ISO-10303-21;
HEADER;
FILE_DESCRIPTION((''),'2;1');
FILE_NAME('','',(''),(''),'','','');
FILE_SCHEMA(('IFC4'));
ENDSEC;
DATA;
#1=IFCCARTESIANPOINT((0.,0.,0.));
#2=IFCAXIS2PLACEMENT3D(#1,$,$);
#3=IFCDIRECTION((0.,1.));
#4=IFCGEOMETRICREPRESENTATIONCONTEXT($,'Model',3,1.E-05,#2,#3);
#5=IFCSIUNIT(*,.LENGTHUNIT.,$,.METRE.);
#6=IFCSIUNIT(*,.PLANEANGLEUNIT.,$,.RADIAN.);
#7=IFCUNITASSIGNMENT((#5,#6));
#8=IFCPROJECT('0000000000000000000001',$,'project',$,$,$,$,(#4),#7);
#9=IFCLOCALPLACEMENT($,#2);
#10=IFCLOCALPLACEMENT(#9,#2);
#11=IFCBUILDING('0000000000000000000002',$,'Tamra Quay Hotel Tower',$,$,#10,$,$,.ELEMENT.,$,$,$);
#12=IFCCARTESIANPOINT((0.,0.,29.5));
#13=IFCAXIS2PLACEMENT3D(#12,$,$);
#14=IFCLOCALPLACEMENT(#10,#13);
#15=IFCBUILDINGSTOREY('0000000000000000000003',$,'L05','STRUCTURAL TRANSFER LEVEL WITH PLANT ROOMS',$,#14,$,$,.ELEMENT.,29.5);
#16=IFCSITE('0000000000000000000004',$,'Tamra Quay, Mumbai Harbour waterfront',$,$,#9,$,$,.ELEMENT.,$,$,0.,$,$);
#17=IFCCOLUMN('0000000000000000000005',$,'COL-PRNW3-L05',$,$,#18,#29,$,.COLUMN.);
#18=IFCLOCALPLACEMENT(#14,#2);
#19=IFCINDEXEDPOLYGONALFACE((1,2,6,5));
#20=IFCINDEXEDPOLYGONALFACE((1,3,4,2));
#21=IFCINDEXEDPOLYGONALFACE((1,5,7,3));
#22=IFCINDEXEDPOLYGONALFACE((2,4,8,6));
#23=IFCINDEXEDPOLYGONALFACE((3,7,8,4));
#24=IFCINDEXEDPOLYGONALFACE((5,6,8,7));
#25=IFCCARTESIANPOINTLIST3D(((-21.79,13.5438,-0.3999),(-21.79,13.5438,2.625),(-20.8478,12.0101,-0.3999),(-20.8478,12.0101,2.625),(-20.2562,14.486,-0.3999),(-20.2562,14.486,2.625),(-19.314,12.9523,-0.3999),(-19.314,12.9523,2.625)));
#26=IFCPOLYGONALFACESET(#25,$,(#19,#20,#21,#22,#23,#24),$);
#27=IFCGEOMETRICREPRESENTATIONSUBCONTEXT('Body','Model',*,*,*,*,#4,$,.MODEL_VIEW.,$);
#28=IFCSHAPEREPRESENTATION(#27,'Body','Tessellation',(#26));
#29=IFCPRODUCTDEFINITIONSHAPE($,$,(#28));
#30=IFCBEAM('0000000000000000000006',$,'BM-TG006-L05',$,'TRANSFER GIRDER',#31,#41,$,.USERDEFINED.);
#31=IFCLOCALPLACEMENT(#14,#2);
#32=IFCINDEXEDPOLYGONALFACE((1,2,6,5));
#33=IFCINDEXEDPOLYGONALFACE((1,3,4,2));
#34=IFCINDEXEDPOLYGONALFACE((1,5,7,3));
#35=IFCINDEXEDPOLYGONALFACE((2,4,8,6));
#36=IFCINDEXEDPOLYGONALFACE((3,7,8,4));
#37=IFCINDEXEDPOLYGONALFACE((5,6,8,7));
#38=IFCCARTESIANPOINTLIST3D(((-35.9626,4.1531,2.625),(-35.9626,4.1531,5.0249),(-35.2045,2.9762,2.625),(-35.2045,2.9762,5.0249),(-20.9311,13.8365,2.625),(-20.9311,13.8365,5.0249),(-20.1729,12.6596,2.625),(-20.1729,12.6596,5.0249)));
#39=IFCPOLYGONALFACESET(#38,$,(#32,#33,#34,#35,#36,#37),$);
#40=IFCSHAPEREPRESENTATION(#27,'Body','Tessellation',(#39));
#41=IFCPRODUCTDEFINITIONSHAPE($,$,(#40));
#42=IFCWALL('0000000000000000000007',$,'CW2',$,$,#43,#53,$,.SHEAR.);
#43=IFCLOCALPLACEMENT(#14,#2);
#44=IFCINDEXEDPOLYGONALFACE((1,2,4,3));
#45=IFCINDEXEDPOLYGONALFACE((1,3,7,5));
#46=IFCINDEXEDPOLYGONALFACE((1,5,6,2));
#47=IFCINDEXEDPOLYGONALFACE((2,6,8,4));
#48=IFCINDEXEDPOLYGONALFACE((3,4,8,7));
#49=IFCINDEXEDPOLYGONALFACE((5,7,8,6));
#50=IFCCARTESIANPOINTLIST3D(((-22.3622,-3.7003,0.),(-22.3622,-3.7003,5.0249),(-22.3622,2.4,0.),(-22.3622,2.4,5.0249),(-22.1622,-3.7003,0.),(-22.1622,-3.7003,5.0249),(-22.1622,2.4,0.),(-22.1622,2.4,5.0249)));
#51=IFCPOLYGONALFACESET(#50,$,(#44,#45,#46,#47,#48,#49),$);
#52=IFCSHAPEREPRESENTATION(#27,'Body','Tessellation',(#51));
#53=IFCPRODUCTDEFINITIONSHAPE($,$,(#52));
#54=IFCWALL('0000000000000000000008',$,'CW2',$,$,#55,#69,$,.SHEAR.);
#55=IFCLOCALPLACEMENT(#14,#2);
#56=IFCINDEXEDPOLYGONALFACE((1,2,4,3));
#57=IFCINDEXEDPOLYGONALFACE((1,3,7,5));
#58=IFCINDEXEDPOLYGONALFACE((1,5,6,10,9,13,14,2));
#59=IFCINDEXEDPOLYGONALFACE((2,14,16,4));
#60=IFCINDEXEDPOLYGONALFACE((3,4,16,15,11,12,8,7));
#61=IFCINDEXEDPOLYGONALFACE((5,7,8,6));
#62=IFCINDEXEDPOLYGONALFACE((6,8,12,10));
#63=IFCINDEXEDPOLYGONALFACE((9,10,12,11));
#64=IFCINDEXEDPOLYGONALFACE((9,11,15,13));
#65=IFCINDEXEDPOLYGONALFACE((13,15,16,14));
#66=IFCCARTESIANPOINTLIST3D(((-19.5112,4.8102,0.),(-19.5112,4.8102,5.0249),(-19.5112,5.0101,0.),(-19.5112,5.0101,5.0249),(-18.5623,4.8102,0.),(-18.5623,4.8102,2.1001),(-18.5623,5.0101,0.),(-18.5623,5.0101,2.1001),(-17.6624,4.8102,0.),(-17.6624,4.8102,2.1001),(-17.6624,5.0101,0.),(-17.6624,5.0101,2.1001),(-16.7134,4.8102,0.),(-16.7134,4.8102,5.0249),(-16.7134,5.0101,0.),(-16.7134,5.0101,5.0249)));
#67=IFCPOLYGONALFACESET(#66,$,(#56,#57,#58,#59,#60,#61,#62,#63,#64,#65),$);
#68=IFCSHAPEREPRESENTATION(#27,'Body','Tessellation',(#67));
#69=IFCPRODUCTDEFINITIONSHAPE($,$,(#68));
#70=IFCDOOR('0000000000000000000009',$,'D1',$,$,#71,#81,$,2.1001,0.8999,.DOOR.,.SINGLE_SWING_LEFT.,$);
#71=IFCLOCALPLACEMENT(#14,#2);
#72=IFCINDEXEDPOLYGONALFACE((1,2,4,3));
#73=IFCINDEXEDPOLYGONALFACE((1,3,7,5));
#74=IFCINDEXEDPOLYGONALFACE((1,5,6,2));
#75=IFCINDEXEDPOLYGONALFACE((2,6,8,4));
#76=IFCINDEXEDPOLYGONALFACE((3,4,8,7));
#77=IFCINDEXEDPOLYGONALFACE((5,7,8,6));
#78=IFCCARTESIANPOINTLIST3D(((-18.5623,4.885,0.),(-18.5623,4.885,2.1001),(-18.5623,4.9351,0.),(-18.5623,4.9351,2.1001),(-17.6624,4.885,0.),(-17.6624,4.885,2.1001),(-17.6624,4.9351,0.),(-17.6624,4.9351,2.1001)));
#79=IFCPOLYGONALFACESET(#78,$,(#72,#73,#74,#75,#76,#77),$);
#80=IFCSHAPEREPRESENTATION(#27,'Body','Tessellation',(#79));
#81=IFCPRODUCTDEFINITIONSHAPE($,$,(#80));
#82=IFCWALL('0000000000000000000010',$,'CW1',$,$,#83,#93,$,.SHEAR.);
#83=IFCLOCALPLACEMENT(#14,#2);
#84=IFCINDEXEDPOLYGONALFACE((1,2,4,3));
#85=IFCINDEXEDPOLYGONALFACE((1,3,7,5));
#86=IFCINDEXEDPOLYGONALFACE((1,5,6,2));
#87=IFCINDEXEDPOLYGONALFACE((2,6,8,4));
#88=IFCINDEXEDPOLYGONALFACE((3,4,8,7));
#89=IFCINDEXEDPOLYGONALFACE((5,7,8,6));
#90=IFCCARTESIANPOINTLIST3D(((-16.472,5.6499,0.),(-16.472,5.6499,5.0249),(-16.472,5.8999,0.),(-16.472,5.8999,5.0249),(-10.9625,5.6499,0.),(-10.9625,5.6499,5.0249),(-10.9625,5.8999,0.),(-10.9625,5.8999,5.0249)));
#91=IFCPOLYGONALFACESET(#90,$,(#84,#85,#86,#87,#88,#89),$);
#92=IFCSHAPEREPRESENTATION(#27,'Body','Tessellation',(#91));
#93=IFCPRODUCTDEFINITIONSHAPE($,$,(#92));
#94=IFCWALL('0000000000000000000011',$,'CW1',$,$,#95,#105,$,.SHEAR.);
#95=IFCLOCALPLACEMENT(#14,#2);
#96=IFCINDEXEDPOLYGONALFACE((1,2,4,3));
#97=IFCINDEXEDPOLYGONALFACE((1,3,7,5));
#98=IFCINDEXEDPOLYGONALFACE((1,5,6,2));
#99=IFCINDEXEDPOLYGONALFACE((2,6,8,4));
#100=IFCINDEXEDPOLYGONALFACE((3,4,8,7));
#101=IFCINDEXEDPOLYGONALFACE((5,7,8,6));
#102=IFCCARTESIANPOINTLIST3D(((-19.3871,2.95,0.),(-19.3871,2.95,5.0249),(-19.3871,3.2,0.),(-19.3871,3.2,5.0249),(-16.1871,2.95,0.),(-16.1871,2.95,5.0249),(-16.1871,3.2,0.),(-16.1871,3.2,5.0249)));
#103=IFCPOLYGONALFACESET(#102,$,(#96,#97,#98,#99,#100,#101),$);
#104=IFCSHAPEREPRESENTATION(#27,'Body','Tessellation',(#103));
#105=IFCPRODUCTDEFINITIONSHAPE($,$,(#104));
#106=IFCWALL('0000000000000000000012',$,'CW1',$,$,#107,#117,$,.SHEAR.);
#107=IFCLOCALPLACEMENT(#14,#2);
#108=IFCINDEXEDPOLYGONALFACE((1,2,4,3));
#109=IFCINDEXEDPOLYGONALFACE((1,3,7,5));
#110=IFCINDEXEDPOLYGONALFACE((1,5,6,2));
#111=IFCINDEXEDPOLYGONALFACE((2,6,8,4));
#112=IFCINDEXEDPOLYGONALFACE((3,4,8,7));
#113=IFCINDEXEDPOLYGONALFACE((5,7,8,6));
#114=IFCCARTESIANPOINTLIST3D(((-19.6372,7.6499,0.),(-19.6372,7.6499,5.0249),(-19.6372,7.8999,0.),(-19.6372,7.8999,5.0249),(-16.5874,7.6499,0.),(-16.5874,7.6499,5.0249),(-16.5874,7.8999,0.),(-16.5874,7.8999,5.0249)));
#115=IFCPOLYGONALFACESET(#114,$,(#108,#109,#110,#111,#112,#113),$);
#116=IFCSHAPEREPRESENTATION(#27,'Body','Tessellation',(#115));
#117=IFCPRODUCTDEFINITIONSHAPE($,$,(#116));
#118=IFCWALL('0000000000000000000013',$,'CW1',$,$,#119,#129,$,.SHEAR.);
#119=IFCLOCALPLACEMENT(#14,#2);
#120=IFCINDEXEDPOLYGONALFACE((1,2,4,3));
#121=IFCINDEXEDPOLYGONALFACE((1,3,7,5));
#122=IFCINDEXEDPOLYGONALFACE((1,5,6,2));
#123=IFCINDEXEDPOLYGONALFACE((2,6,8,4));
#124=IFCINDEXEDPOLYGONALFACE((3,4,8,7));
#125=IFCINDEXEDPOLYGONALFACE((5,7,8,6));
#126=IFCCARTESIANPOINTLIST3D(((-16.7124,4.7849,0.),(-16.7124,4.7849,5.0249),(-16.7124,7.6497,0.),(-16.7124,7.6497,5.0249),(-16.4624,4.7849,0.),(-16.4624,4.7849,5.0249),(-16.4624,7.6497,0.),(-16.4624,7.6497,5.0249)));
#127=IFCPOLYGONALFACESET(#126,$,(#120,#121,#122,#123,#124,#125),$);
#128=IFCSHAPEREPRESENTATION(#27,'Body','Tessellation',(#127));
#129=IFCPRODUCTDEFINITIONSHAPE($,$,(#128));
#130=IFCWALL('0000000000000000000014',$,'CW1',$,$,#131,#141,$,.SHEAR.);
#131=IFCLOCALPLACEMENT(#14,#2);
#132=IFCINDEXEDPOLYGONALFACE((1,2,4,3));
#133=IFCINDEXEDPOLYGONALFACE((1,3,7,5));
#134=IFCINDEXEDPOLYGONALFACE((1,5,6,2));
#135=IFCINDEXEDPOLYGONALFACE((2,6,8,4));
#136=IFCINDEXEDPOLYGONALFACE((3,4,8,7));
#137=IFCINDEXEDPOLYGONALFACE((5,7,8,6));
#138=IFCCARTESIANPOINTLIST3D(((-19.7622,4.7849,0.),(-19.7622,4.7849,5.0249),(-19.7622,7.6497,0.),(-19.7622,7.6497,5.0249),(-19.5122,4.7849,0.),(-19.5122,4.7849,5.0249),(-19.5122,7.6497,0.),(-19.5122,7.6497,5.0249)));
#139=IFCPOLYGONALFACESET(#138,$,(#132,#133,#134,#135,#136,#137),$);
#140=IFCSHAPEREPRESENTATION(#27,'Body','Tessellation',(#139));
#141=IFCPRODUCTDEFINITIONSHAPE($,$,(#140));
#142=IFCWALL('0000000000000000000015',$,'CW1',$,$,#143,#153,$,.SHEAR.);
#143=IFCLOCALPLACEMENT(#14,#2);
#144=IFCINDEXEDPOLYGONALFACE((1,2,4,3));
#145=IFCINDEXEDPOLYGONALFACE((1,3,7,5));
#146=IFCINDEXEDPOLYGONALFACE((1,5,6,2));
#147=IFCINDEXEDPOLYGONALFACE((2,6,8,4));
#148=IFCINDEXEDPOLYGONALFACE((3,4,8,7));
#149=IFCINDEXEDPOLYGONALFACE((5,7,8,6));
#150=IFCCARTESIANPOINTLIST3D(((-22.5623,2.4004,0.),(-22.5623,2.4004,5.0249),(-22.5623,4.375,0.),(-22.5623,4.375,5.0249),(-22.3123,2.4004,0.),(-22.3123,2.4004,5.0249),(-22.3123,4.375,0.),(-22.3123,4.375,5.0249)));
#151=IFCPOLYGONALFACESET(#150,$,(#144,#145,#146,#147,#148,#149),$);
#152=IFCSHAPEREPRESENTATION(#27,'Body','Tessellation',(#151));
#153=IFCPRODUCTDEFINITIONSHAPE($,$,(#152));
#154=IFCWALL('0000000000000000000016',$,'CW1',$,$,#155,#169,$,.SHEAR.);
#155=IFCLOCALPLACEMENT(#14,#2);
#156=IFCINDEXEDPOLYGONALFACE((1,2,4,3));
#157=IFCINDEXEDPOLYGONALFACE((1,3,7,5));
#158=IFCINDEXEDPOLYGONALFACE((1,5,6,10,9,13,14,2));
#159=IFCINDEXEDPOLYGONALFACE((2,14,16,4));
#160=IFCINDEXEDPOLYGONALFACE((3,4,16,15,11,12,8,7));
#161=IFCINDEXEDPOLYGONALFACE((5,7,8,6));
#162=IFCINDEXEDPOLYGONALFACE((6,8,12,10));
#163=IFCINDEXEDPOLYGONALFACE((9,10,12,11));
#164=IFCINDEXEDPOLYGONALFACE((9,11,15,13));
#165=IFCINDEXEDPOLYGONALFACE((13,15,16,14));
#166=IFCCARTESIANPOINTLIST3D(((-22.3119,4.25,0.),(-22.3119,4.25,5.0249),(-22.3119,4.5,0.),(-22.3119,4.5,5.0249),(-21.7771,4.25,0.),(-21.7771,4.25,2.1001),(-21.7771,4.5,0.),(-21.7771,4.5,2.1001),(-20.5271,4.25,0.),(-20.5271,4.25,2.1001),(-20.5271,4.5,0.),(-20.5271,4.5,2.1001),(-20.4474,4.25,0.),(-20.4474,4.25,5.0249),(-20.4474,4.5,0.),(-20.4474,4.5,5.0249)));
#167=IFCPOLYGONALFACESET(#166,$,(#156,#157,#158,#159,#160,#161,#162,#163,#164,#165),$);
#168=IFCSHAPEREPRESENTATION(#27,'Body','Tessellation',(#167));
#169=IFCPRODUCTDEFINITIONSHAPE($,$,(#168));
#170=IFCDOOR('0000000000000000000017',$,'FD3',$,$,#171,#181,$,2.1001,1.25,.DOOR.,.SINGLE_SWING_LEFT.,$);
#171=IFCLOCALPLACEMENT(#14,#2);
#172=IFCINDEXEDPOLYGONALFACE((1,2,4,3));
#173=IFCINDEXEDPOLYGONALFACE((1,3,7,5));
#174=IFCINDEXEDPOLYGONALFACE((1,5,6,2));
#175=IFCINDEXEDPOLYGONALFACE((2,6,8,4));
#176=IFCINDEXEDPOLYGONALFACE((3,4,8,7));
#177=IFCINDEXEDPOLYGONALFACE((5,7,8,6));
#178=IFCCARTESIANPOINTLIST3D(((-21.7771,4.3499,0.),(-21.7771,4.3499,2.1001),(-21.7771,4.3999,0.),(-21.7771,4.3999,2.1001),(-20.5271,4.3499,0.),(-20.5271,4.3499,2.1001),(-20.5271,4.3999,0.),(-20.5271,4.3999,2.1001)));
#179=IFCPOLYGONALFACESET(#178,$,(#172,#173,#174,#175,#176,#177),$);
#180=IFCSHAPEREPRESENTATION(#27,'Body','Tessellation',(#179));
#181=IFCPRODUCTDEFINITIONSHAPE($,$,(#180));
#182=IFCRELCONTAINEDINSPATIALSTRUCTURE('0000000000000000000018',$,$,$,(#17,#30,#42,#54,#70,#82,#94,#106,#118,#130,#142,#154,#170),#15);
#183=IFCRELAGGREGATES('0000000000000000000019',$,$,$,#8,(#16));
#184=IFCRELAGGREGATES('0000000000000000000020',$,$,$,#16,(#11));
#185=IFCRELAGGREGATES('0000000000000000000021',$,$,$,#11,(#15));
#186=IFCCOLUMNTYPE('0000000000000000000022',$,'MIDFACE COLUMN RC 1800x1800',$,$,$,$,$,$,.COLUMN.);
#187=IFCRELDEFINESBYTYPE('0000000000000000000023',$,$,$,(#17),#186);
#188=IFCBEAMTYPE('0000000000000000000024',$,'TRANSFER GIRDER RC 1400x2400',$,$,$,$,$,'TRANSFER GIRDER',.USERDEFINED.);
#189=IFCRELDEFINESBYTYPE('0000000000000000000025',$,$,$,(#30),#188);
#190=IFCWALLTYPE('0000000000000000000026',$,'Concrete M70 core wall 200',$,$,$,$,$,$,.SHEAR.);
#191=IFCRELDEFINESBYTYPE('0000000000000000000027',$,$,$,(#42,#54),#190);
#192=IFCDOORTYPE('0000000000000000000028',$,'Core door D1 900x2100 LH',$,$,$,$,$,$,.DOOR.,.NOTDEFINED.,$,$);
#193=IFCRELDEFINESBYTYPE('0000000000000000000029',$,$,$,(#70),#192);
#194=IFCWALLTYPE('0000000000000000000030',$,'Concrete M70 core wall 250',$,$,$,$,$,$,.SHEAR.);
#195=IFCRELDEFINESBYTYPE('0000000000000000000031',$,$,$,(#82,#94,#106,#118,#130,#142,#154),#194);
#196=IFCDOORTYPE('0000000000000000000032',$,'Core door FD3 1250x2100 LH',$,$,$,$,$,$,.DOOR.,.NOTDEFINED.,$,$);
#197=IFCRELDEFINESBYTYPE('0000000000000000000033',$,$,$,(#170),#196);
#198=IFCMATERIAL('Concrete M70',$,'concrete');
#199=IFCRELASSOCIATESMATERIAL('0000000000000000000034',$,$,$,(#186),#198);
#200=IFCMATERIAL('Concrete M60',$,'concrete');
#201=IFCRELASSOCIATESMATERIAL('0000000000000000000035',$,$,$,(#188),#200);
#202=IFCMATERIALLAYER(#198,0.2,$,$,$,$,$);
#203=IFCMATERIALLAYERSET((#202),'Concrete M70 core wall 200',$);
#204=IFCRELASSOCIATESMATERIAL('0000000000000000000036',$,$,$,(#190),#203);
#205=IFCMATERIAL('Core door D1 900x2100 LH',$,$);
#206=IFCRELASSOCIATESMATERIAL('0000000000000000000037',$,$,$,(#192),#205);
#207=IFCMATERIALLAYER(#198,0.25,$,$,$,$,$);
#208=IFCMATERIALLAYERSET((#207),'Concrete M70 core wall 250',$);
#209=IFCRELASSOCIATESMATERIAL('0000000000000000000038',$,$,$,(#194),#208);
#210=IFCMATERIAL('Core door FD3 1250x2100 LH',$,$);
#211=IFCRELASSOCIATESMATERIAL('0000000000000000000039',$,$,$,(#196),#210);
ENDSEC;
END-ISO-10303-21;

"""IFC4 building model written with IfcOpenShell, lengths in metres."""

from ifc_helpers import new_model, si_unit, direction, frame, frame_2d, origin, origin_2d, place, context, subcontext, project, spatial, rectangle, extrude, material, layer, layer_set, material_profile, profile_set, type_object, element, fill, save


model = new_model("IFC4")

# Units and contexts
model_context = context("Model", 3, precision=1e-05, world=origin(), true_north=direction((0.0, 1.0)))
body_context = subcontext(model_context, "Body", "Model", "MODEL_VIEW")
ifc_project = project(units=[si_unit("LENGTHUNIT", "METRE"), si_unit("PLANEANGLEUNIT", "RADIAN")], contexts=[model_context])

# Site, building, storey
site_placement = place(None, origin())
site = spatial("IfcSite", under=ifc_project, at=site_placement, Name="Tamra Quay, Mumbai Harbour waterfront", CompositionType="ELEMENT", RefElevation=0.0)
building_placement = place(site_placement, origin())
building = spatial("IfcBuilding", under=site, at=building_placement, Name="Tamra Quay Hotel Tower", CompositionType="ELEMENT")
storey_placement = place(building_placement, frame((0.0, 0.0, 29.5)))
storey = spatial("IfcBuildingStorey", under=building, at=storey_placement, Name="L05", Description="STRUCTURAL TRANSFER LEVEL WITH PLANT ROOMS", CompositionType="ELEMENT", Elevation=29.5)

# Column
ifc_material_1 = material(Name="Concrete M70", Category="concrete")
ifc_material_profile_1 = material_profile(ifc_material_1, rectangle(XDim=1.8, YDim=1.8, at=origin_2d()), Name="MIDFACE COLUMN RC 1800x1800")
ifc_profile_set_1 = profile_set([ifc_material_profile_1], Name="Concrete M70")
column_type = type_object("IfcColumnType", Name="MIDFACE COLUMN RC 1800x1800", PredefinedType="COLUMN", material=ifc_profile_set_1)
column_placement = place(storey_placement, frame((-20.552, 13.248, -0.3999), z_axis=(0.0, 0.0, 1.0), x_axis=(-0.52343, 0.852069, 0.0)))
element("IfcColumn", 1, at=column_placement, inside=storey, type_object=column_type, Name="COL-PRNW3-L05", PredefinedType="COLUMN", context=body_context, shape_type="SweptSolid", body=[
    extrude(rectangle(XDim=1.8, YDim=1.8, at=origin_2d()), origin(), (0.0, 0.0, 1.0), 3.0249),
])

# Beam
ifc_material_2 = material(Name="Concrete M60", Category="concrete")
ifc_material_profile_2 = material_profile(ifc_material_2, rectangle(XDim=1.3999, YDim=2.3999, at=origin_2d()), Name="TRANSFER GIRDER RC 1400x2400")
ifc_profile_set_2 = profile_set([ifc_material_profile_2], Name="Concrete M60")
beam_type = type_object("IfcBeamType", Name="TRANSFER GIRDER RC 1400x2400", ElementType="TRANSFER GIRDER", PredefinedType="USERDEFINED", material=ifc_profile_set_2)
beam_placement = place(storey_placement, frame((-20.552, 13.248, 3.825), z_axis=(-0.840663, -0.541559, 0.0), x_axis=(0.541559, -0.840663, 0.0)))
element("IfcBeam", 2, at=beam_placement, inside=storey, type_object=beam_type, Name="BM-TG006-L05", ObjectType="TRANSFER GIRDER", PredefinedType="USERDEFINED", context=body_context, shape_type="SweptSolid", body=[
    extrude(rectangle(XDim=1.3999, YDim=2.3999, at=origin_2d()), origin(), (0.0, 0.0, 1.0), 17.8806),
])

# Wall
ifc_layer_1 = layer(ifc_material_1, 0.2)
ifc_layer_set_1 = layer_set([ifc_layer_1], Name="Concrete M70 core wall 200")
wall_type_1 = type_object("IfcWallType", Name="Concrete M70 core wall 200", PredefinedType="SHEAR", material=ifc_layer_set_1)
wall_1_placement = place(storey_placement, frame((-22.2622, 2.4001, 0.0), z_axis=(0.0, 0.0, 1.0), x_axis=(0.0, -1.0, 0.0)))
element("IfcWall", 3, at=wall_1_placement, inside=storey, type_object=wall_type_1, Name="CW2", PredefinedType="SHEAR", context=body_context, shape_type="SweptSolid", body=[
    extrude(rectangle(XDim=6.1003, YDim=0.2, at=frame_2d((3.0503, 0.0))), origin(), (0.0, 0.0, 1.0), 5.0249),
])

# Wall, opening, door
wall_2_placement = place(storey_placement, frame((-19.5112, 4.9102, 0.0), z_axis=(0.0, 0.0, 1.0), x_axis=(1.0, 0.0, 0.0)))
wall_2 = element("IfcWall", 4, at=wall_2_placement, inside=storey, type_object=wall_type_1, Name="CW2", PredefinedType="SHEAR", context=body_context, shape_type="SweptSolid", body=[
    extrude(rectangle(XDim=2.7979, YDim=0.2, at=frame_2d((1.3989, 0.0))), origin(), (0.0, 0.0, 1.0), 5.0249),
])
opening_1_placement = place(wall_2_placement, frame((0.949, 0.0, 0.0)))
opening_1 = element("IfcOpeningElement", 5, at=opening_1_placement, cuts=wall_2, PredefinedType="OPENING", context=body_context, shape_type="SweptSolid", body=[
    extrude(rectangle(XDim=0.8999, YDim=2.1001, at=frame_2d((0.45, 1.05))), frame((0.0, 0.1099, 0.0), z_axis=(0.0, -1.0, 0.0), x_axis=(1.0, 0.0, 0.0)), (0.0, 0.0, 1.0), 0.22),
])
ifc_material_3 = material(Name="Core door D1 900x2100 LH")
door_type_1 = type_object("IfcDoorType", Name="Core door D1 900x2100 LH", OperationType="NOTDEFINED", PredefinedType="DOOR", material=ifc_material_3)
door_1_placement = place(opening_1_placement, origin())
door_1 = element("IfcDoor", 6, at=door_1_placement, inside=storey, type_object=door_type_1, Name="D1", OperationType="SINGLE_SWING_LEFT", OverallHeight=2.1001, OverallWidth=0.8999, PredefinedType="DOOR", context=body_context, shape_type="SweptSolid", body=[
    extrude(rectangle(XDim=0.8999, YDim=2.1001, at=frame_2d((0.45, 1.05))), frame((0.0, 0.0249, 0.0), z_axis=(0.0, -1.0, 0.0), x_axis=(1.0, 0.0, 0.0)), (0.0, 0.0, 1.0), 0.05),
])
fill(opening_1, door_1)

# Walls
ifc_layer_2 = layer(ifc_material_1, 0.25)
ifc_layer_set_2 = layer_set([ifc_layer_2], Name="Concrete M70 core wall 250")
wall_type_2 = type_object("IfcWallType", Name="Concrete M70 core wall 250", PredefinedType="SHEAR", material=ifc_layer_set_2)
wall_3_placement = place(storey_placement, frame((-16.4722, 5.7749, 0.0), z_axis=(0.0, 0.0, 1.0), x_axis=(1.0, 0.0, 0.0)))
element("IfcWall", 7, at=wall_3_placement, inside=storey, type_object=wall_type_2, Name="CW1", PredefinedType="SHEAR", context=body_context, shape_type="SweptSolid", body=[
    extrude(rectangle(XDim=5.5095, YDim=0.25, at=frame_2d((2.7549, 0.0))), origin(), (0.0, 0.0, 1.0), 5.0249),
])
wall_4_placement = place(storey_placement, frame((-19.3872, 3.075, 0.0), z_axis=(0.0, 0.0, 1.0), x_axis=(1.0, 0.0, 0.0)))
element("IfcWall", 8, at=wall_4_placement, inside=storey, type_object=wall_type_2, Name="CW1", PredefinedType="SHEAR", context=body_context, shape_type="SweptSolid", body=[
    extrude(rectangle(XDim=3.2, YDim=0.25, at=frame_2d((1.6001, 0.0))), origin(), (0.0, 0.0, 1.0), 5.0249),
])
wall_5_placement = place(storey_placement, frame((-19.6372, 7.7749, 0.0), z_axis=(0.0, 0.0, 1.0), x_axis=(1.0, 0.0, 0.0)))
element("IfcWall", 9, at=wall_5_placement, inside=storey, type_object=wall_type_2, Name="CW1", PredefinedType="SHEAR", context=body_context, shape_type="SweptSolid", body=[
    extrude(rectangle(XDim=3.0498, YDim=0.25, at=frame_2d((1.5249, 0.0))), origin(), (0.0, 0.0, 1.0), 5.0249),
])
for number, where, z_axis, x_axis, name in (
    (10, (-16.5874, 7.6497, 0.0), (0.0, 0.0, 1.0), (0.0, -1.0, 0.0), "CW1"),
    (11, (-19.6372, 4.7849, 0.0), (0.0, 0.0, 1.0), (0.0, 1.0, 0.0), "CW1"),
):
    element("IfcWall", number, at=place(storey_placement, frame(where, z_axis=z_axis, x_axis=x_axis)), inside=storey, type_object=wall_type_2, Name=name, PredefinedType="SHEAR", context=body_context, shape_type="SweptSolid", body=[
        extrude(rectangle(XDim=2.8647, YDim=0.25, at=frame_2d((1.4324, 0.0))), origin(), (0.0, 0.0, 1.0), 5.0249),
    ])
wall_6_placement = place(storey_placement, frame((-22.4373, 2.4004, 0.0), z_axis=(0.0, 0.0, 1.0), x_axis=(0.0, 1.0, 0.0)))
element("IfcWall", 12, at=wall_6_placement, inside=storey, type_object=wall_type_2, Name="CW1", PredefinedType="SHEAR", context=body_context, shape_type="SweptSolid", body=[
    extrude(rectangle(XDim=1.9746, YDim=0.25, at=frame_2d((0.9873, 0.0))), origin(), (0.0, 0.0, 1.0), 5.0249),
])

# Wall, opening, door
wall_7_placement = place(storey_placement, frame((-22.3118, 4.375, 0.0), z_axis=(0.0, 0.0, 1.0), x_axis=(1.0, 0.0, 0.0)))
wall_7 = element("IfcWall", 13, at=wall_7_placement, inside=storey, type_object=wall_type_2, Name="CW1", PredefinedType="SHEAR", context=body_context, shape_type="SweptSolid", body=[
    extrude(rectangle(XDim=1.8645, YDim=0.25, at=frame_2d((0.9321, 0.0))), origin(), (0.0, 0.0, 1.0), 5.0249),
])
opening_2_placement = place(wall_7_placement, frame((0.5347, 0.0, 0.0)))
opening_2 = element("IfcOpeningElement", 14, at=opening_2_placement, cuts=wall_7, PredefinedType="OPENING", context=body_context, shape_type="SweptSolid", body=[
    extrude(rectangle(XDim=1.25, YDim=2.1001, at=frame_2d((0.625, 1.05))), frame((0.0, 0.135, 0.0), z_axis=(0.0, -1.0, 0.0), x_axis=(1.0, 0.0, 0.0)), (0.0, 0.0, 1.0), 0.27),
])
ifc_material_4 = material(Name="Core door FD3 1250x2100 LH")
door_type_2 = type_object("IfcDoorType", Name="Core door FD3 1250x2100 LH", OperationType="NOTDEFINED", PredefinedType="DOOR", material=ifc_material_4)
door_2_placement = place(opening_2_placement, origin())
door_2 = element("IfcDoor", 15, at=door_2_placement, inside=storey, type_object=door_type_2, Name="FD3", OperationType="SINGLE_SWING_LEFT", OverallHeight=2.1001, OverallWidth=1.25, PredefinedType="DOOR", context=body_context, shape_type="SweptSolid", body=[
    extrude(rectangle(XDim=1.25, YDim=2.1001, at=frame_2d((0.625, 1.05))), frame((0.0, 0.0249, 0.0), z_axis=(0.0, -1.0, 0.0), x_axis=(1.0, 0.0, 0.0)), (0.0, 0.0, 1.0), 0.05),
])
fill(opening_2, door_2)

save(model, "model.ifc")
